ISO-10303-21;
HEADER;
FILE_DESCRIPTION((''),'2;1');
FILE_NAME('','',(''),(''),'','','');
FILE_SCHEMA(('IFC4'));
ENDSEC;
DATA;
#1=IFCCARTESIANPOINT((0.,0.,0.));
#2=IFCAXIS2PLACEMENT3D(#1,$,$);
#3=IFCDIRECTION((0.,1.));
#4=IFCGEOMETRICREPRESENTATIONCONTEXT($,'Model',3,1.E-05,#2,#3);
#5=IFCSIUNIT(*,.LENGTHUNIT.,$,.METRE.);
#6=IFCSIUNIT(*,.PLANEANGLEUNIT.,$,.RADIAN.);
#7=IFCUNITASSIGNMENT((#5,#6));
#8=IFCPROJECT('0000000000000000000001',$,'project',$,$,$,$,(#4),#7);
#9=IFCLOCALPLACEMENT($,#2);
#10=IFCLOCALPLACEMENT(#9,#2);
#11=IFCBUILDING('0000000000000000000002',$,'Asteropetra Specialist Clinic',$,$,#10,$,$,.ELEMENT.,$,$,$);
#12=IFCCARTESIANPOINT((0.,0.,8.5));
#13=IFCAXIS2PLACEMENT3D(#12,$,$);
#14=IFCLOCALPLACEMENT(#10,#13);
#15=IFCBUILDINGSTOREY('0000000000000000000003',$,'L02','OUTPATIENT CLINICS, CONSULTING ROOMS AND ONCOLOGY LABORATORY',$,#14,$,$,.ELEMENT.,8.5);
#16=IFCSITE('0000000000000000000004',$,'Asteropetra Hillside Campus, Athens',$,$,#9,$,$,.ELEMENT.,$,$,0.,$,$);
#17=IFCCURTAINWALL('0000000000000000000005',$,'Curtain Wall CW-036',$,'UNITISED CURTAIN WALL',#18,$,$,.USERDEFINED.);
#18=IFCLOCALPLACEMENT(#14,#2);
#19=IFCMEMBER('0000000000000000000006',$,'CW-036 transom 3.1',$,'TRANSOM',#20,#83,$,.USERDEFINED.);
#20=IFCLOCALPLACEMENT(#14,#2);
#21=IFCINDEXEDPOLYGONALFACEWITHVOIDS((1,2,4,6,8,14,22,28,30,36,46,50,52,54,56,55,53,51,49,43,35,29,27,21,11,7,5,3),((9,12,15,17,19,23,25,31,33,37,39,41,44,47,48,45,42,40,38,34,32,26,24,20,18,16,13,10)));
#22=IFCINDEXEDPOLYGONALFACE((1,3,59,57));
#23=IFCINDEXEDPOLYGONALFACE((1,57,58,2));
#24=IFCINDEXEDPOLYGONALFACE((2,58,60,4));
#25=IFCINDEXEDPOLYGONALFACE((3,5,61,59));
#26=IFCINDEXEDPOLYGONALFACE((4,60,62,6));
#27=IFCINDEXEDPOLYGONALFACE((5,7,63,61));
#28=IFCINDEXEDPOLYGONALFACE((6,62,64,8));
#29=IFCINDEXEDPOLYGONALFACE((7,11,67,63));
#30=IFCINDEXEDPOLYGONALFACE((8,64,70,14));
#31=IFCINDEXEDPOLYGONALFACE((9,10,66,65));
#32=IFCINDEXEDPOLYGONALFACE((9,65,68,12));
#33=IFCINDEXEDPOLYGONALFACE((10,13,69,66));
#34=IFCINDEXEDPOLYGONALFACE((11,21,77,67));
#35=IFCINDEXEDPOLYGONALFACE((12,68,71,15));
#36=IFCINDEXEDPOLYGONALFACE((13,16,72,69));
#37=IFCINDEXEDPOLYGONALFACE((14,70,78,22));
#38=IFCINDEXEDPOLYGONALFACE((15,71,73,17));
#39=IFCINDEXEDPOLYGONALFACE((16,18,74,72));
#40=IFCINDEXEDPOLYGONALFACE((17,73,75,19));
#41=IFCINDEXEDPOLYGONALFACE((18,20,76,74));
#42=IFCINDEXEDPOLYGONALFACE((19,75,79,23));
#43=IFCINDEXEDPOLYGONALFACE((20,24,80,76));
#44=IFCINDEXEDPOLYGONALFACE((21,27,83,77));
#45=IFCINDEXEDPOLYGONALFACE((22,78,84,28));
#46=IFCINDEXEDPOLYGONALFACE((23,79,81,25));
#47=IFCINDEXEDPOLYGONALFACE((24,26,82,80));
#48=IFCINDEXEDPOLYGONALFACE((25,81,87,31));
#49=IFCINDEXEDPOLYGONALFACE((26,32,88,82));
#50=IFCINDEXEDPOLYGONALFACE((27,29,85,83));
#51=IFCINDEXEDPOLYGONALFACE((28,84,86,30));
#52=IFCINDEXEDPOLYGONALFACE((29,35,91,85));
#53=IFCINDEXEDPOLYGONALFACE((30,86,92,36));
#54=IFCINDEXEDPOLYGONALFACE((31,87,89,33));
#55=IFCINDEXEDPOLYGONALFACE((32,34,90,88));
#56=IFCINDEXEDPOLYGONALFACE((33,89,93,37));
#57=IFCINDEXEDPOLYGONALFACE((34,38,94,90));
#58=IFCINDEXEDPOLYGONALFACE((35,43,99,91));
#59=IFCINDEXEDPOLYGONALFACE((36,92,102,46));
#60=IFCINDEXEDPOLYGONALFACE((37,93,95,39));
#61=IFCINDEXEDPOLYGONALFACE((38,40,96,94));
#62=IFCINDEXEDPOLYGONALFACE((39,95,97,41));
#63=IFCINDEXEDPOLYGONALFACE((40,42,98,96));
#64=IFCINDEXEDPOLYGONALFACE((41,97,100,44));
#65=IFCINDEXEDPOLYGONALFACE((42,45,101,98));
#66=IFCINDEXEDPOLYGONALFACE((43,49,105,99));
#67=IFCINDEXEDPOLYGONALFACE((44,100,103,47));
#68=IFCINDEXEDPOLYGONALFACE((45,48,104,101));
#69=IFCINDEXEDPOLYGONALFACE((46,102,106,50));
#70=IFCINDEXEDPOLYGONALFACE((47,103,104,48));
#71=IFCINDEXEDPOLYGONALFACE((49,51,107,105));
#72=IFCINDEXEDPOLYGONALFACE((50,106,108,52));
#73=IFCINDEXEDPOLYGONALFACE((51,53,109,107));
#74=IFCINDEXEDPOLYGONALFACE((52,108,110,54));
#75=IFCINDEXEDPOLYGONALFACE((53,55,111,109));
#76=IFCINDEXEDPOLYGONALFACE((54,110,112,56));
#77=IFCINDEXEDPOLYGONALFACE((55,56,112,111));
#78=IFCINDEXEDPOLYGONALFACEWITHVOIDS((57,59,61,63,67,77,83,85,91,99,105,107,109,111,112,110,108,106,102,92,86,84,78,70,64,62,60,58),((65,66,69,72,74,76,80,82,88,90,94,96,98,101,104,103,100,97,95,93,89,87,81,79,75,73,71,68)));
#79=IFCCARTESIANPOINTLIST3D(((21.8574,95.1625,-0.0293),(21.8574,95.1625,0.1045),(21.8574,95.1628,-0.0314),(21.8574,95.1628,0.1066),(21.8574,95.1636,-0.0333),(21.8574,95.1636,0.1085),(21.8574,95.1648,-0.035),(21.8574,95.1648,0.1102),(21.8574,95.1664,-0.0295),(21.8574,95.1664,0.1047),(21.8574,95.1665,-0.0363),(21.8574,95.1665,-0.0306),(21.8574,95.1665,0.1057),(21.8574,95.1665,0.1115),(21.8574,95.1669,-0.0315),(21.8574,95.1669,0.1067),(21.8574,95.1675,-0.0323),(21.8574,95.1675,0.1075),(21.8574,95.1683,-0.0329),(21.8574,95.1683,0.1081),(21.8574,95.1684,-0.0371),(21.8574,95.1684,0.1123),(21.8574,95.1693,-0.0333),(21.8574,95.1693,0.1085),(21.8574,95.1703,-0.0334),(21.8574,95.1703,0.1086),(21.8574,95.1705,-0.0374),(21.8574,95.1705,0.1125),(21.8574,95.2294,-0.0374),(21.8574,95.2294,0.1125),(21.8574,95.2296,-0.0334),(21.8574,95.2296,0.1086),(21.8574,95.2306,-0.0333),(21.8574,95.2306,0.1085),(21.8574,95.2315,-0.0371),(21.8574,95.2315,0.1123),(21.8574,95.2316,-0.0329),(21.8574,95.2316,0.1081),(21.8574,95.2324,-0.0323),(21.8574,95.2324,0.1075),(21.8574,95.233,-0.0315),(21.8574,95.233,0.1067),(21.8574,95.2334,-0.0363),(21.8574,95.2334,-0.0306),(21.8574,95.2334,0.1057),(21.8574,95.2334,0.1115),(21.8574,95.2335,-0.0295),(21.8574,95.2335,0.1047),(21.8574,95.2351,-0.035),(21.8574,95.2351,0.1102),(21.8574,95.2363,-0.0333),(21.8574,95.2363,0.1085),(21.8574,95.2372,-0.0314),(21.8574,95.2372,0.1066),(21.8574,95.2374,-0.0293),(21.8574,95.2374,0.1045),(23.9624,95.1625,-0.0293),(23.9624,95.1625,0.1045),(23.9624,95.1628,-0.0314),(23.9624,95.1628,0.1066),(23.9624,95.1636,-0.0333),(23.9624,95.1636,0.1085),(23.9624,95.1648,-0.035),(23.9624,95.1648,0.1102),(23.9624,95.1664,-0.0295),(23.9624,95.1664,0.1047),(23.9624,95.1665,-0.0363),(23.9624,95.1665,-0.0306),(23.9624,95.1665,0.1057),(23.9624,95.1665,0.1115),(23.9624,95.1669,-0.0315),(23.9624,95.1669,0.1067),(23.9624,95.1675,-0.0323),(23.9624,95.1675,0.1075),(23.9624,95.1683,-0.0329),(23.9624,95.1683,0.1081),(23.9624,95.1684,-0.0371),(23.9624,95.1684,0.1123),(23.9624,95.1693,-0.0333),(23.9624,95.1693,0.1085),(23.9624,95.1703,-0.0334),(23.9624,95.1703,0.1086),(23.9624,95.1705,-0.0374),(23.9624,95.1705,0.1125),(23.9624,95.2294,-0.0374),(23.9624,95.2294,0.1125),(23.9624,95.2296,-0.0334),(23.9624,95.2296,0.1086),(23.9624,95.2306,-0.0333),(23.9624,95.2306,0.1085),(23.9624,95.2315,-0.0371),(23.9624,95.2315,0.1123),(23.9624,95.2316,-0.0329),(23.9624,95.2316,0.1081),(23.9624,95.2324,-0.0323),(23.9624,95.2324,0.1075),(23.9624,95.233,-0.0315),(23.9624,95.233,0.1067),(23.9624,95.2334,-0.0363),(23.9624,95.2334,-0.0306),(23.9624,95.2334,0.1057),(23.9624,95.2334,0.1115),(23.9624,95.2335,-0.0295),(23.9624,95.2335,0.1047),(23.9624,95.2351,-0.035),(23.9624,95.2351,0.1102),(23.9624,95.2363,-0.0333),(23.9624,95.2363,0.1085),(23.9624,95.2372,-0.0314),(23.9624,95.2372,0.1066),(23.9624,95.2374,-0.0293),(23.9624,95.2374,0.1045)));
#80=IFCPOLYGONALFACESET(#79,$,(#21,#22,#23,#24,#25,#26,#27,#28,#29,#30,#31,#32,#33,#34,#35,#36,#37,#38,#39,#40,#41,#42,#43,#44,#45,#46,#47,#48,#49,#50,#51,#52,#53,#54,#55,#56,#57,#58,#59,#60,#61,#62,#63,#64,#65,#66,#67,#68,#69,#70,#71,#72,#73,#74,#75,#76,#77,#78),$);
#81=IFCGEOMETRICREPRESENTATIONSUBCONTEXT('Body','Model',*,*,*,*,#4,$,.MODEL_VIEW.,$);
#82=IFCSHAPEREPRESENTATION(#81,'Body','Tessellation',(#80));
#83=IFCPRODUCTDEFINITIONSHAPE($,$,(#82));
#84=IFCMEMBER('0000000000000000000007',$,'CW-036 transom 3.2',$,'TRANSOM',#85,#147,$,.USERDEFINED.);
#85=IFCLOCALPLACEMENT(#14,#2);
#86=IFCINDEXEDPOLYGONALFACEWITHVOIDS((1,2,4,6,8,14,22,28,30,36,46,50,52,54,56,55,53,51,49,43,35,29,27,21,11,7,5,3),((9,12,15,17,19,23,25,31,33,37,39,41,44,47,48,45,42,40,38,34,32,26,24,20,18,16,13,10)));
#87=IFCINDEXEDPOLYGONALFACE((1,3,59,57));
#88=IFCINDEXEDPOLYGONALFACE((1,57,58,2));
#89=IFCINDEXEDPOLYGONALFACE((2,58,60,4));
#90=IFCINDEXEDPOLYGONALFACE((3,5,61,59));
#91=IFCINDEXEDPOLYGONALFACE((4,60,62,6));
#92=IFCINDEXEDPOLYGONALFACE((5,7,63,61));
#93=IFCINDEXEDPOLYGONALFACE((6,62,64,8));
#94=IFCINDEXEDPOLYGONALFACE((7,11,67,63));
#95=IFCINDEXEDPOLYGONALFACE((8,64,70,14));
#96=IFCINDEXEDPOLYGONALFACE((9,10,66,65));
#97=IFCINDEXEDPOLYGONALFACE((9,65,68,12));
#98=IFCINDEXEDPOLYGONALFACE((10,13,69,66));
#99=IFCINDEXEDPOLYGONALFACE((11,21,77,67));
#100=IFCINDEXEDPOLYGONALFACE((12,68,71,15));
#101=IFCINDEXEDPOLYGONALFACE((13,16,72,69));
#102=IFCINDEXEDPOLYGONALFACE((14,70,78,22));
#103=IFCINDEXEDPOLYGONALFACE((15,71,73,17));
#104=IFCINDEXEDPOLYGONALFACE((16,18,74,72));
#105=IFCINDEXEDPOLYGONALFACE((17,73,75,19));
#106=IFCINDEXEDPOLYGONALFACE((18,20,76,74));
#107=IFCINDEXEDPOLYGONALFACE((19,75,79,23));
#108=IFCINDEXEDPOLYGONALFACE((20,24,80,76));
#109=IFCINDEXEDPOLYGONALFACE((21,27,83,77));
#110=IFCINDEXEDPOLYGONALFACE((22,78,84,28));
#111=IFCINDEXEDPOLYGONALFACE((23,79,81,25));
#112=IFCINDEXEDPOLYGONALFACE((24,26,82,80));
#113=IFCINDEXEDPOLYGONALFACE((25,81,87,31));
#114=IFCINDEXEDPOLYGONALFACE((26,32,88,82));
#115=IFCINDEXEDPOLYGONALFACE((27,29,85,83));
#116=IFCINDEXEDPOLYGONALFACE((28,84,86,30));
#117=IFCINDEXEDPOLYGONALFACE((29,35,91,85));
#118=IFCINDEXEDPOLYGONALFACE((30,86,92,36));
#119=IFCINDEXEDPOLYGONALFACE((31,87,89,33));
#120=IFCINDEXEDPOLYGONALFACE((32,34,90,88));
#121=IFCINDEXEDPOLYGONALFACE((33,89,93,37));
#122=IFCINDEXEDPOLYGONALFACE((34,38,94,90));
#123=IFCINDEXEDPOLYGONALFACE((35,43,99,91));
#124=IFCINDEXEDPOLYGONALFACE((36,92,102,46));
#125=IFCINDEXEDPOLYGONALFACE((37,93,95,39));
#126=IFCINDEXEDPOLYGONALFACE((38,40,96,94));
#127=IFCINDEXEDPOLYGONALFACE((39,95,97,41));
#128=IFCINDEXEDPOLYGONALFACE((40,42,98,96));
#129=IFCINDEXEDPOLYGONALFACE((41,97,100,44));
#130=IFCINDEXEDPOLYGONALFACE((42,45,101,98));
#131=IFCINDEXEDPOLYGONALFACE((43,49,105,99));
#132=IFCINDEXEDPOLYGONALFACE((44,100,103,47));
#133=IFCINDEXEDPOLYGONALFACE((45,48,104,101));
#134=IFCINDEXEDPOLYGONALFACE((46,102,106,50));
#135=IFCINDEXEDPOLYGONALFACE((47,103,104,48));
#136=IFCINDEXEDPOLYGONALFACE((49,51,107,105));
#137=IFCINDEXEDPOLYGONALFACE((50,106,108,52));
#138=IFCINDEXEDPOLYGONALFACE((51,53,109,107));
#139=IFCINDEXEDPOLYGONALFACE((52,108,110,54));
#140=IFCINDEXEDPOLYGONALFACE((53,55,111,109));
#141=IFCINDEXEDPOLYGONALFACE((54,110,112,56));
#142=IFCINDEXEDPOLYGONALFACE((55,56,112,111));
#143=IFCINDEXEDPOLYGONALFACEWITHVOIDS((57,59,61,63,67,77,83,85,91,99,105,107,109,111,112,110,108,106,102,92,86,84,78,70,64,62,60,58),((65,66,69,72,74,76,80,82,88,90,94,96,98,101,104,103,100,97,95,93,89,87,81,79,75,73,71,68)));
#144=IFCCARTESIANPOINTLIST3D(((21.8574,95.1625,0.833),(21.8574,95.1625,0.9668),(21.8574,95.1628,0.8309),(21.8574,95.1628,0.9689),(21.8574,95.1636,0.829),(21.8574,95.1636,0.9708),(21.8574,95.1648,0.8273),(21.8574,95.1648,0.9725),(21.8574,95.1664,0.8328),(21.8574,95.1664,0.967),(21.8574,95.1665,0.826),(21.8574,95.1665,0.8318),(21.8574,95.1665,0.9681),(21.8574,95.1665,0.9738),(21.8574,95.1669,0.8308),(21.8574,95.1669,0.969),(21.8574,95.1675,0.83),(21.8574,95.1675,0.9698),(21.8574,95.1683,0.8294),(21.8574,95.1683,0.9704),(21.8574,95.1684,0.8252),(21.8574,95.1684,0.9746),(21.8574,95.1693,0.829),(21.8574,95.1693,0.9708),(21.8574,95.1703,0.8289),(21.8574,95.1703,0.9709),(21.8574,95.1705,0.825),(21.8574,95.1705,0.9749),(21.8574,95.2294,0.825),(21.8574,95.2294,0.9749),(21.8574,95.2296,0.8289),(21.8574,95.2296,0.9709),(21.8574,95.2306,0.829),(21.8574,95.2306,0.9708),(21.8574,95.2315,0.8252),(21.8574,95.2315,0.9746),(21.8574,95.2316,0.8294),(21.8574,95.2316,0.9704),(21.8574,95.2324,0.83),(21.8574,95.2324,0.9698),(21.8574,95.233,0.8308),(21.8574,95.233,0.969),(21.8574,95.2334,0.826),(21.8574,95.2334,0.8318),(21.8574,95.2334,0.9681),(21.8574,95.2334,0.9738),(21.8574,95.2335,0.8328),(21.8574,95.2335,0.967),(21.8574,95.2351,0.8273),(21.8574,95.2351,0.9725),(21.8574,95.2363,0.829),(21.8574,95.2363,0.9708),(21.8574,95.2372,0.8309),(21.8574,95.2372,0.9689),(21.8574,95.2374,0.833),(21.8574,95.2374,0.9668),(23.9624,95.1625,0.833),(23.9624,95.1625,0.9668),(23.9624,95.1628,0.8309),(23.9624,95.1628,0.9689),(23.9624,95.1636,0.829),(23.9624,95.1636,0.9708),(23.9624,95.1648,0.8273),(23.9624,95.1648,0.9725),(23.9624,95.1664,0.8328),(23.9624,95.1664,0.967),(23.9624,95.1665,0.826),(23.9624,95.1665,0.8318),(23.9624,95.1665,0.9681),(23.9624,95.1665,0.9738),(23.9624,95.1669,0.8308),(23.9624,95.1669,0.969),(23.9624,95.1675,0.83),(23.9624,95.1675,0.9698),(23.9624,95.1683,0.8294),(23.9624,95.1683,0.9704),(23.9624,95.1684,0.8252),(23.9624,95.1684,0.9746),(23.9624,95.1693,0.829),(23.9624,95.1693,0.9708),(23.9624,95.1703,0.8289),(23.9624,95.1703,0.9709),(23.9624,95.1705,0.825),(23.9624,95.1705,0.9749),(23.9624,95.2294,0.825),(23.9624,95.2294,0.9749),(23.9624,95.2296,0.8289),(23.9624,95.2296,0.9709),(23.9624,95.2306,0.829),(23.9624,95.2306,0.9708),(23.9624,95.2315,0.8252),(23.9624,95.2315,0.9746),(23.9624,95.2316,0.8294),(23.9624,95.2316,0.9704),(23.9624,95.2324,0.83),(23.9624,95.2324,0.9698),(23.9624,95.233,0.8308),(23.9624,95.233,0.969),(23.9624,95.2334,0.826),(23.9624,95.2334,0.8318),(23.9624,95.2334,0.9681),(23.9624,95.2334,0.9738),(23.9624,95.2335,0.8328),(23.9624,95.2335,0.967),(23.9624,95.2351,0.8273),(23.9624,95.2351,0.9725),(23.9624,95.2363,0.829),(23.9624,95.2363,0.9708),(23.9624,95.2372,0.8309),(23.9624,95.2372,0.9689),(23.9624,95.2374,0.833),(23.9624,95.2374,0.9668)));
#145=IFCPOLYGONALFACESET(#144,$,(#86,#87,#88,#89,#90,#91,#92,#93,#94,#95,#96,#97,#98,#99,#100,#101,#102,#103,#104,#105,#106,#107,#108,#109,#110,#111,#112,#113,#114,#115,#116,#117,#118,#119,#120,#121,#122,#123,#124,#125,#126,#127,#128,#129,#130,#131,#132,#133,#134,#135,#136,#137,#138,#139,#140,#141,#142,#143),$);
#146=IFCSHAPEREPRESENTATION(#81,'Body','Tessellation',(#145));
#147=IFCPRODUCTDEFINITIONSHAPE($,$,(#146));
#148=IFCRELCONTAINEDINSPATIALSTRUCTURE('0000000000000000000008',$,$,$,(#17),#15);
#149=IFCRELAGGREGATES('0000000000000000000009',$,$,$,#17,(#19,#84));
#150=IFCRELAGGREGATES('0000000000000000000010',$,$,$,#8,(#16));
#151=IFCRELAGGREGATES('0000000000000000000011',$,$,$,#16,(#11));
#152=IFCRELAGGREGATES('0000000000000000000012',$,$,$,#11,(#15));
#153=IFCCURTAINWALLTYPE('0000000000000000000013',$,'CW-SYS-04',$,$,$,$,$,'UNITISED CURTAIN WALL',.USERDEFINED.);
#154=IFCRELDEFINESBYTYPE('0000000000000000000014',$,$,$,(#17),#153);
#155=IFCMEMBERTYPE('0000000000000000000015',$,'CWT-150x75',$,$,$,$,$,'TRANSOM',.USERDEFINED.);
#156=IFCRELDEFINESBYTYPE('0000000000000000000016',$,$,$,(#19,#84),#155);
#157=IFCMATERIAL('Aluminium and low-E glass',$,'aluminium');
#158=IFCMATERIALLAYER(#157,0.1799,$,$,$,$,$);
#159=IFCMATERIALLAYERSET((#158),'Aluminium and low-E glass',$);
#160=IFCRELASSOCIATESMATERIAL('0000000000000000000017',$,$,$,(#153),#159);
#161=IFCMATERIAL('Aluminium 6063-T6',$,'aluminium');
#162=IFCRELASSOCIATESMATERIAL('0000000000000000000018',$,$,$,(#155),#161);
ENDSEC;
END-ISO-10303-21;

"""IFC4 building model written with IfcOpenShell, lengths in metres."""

from ifc_helpers import new_model, si_unit, direction, frame, origin, origin_2d, place, context, subcontext, project, spatial, hollow_rectangle, extrude, material, layer, layer_set, material_profile, profile_set, type_object, element, aggregate, save


model = new_model("IFC4")

# Units and contexts
model_context = context("Model", 3, precision=1e-05, world=origin(), true_north=direction((0.0, 1.0)))
body_context = subcontext(model_context, "Body", "Model", "MODEL_VIEW")
ifc_project = project(units=[si_unit("LENGTHUNIT", "METRE"), si_unit("PLANEANGLEUNIT", "RADIAN")], contexts=[model_context])

# Site, building, storey
site_placement = place(None, origin())
site = spatial("IfcSite", under=ifc_project, at=site_placement, Name="Asteropetra Hillside Campus, Athens", CompositionType="ELEMENT", RefElevation=0.0)
building_placement = place(site_placement, origin())
building = spatial("IfcBuilding", under=site, at=building_placement, Name="Asteropetra Specialist Clinic", CompositionType="ELEMENT")
storey_placement = place(building_placement, frame((0.0, 0.0, 8.5)))
storey = spatial("IfcBuildingStorey", under=building, at=storey_placement, Name="L02", Description="OUTPATIENT CLINICS, CONSULTING ROOMS AND ONCOLOGY LABORATORY", CompositionType="ELEMENT", Elevation=8.5)

# Curtain wall, members
ifc_material_1 = material(Name="Aluminium and low-E glass", Category="aluminium")
ifc_layer_1 = layer(ifc_material_1, 0.1799)
ifc_layer_set_1 = layer_set([ifc_layer_1], Name="Aluminium and low-E glass")
curtain_wall_type = type_object("IfcCurtainWallType", Name="CW-SYS-04", ElementType="UNITISED CURTAIN WALL", PredefinedType="USERDEFINED", material=ifc_layer_set_1)
curtain_wall_placement = place(storey_placement, origin())
curtain_wall = element("IfcCurtainWall", 1, at=curtain_wall_placement, inside=storey, type_object=curtain_wall_type, Name="Curtain Wall CW-036", ObjectType="UNITISED CURTAIN WALL", PredefinedType="USERDEFINED")
ifc_material_2 = material(Name="Aluminium 6063-T6", Category="aluminium")
ifc_material_profile_1 = material_profile(ifc_material_2, hollow_rectangle(XDim=0.075, YDim=0.1499, WallThickness=0.0039, InnerFilletRadius=0.0039, OuterFilletRadius=0.0081, at=origin_2d()), Name="TRN 150x75x4.0")
ifc_profile_set_1 = profile_set([ifc_material_profile_1], Name="Aluminium 6063-T6")
member_type_1 = type_object("IfcMemberType", Name="CWT-150x75", ElementType="TRANSOM", PredefinedType="USERDEFINED", material=ifc_profile_set_1)
member_1_placement = place(storey_placement, frame((23.9624, 95.2, 0.0376), z_axis=(-1.0, 0.0, 0.0), x_axis=(0.0, -1.0, 0.0)))
member_1 = element("IfcMember", 2, at=member_1_placement, type_object=member_type_1, Name="CW-036 transom 3.1", ObjectType="TRANSOM", PredefinedType="USERDEFINED", context=body_context, shape_type="SweptSolid", body=[
    extrude(hollow_rectangle(XDim=0.075, YDim=0.1499, WallThickness=0.0039, InnerFilletRadius=0.0039, OuterFilletRadius=0.0081, at=origin_2d()), origin(), (0.0, 0.0, 1.0), 2.105),
])
member_2_placement = place(storey_placement, frame((23.9624, 95.2, 0.8999), z_axis=(-1.0, 0.0, 0.0), x_axis=(0.0, -1.0, 0.0)))
member_2 = element("IfcMember", 3, at=member_2_placement, type_object=member_type_1, Name="CW-036 transom 3.2", ObjectType="TRANSOM", PredefinedType="USERDEFINED", context=body_context, shape_type="SweptSolid", body=[
    extrude(hollow_rectangle(XDim=0.075, YDim=0.1499, WallThickness=0.0039, InnerFilletRadius=0.0039, OuterFilletRadius=0.0081, at=origin_2d()), origin(), (0.0, 0.0, 1.0), 2.105),
])
aggregate(curtain_wall, [member_1, member_2])

save(model, "model.ifc")
